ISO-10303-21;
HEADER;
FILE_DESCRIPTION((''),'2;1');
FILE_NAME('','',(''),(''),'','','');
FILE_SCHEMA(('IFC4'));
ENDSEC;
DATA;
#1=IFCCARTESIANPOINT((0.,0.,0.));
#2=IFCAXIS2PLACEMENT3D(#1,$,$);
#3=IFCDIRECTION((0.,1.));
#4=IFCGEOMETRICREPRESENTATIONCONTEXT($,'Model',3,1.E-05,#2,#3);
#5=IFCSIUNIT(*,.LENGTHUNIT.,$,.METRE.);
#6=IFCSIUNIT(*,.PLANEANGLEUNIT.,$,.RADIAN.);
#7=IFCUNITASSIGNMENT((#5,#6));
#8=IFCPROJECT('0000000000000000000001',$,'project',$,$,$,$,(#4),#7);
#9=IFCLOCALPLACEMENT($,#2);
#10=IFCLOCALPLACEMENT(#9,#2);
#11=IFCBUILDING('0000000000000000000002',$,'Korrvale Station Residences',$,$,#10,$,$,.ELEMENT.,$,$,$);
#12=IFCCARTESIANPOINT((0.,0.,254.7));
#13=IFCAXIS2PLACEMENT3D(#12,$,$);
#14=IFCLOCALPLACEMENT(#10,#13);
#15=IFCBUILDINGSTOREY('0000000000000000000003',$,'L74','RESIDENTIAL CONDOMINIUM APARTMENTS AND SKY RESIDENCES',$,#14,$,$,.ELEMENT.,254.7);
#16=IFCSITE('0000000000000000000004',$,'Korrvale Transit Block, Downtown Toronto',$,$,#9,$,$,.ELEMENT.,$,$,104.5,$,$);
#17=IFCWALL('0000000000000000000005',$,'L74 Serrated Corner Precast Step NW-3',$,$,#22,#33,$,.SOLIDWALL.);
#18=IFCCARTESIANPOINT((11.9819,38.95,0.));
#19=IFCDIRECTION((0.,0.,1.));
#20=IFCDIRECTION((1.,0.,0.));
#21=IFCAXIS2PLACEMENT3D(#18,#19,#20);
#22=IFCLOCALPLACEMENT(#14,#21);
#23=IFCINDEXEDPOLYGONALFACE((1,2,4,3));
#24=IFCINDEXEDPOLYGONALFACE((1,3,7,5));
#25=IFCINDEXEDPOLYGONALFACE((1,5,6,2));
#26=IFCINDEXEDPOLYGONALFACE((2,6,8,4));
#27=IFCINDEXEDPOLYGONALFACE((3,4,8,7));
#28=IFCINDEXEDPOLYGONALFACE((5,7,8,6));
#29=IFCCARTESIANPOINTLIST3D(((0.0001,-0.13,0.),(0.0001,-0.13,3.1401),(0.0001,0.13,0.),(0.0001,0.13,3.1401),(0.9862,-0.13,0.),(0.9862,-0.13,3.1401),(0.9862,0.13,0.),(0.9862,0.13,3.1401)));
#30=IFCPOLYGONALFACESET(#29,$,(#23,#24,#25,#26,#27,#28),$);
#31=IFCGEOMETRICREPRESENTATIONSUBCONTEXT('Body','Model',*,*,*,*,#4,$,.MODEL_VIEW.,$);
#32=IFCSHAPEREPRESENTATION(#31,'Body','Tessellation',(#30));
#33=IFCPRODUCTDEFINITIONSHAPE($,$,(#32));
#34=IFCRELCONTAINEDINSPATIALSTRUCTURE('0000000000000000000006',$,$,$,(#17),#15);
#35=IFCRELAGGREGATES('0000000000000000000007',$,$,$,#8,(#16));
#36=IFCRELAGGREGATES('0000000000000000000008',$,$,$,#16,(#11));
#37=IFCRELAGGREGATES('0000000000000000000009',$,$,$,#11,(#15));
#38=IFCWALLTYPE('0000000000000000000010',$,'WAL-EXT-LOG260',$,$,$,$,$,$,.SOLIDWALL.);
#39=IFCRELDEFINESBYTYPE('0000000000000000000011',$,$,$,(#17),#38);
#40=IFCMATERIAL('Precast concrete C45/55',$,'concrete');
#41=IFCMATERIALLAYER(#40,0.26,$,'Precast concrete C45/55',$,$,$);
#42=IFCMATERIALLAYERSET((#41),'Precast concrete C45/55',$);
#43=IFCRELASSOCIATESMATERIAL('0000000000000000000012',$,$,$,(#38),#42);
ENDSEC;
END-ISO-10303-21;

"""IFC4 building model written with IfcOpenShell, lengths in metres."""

from ifc_helpers import new_model, si_unit, direction, frame, frame_2d, origin, place, context, subcontext, project, spatial, rectangle, extrude, material, layer, layer_set, type_object, element, save


model = new_model("IFC4")

# Units and contexts
model_context = context("Model", 3, precision=1e-05, world=origin(), true_north=direction((0.0, 1.0)))
body_context = subcontext(model_context, "Body", "Model", "MODEL_VIEW")
ifc_project = project(units=[si_unit("LENGTHUNIT", "METRE"), si_unit("PLANEANGLEUNIT", "RADIAN")], contexts=[model_context])

# Site, building, storey
site_placement = place(None, origin())
site = spatial("IfcSite", under=ifc_project, at=site_placement, Name="Korrvale Transit Block, Downtown Toronto", CompositionType="ELEMENT", RefElevation=104.5)
building_placement = place(site_placement, origin())
building = spatial("IfcBuilding", under=site, at=building_placement, Name="Korrvale Station Residences", CompositionType="ELEMENT")
storey_placement = place(building_placement, frame((0.0, 0.0, 254.7)))
storey = spatial("IfcBuildingStorey", under=building, at=storey_placement, Name="L74", Description="RESIDENTIAL CONDOMINIUM APARTMENTS AND SKY RESIDENCES", CompositionType="ELEMENT", Elevation=254.7)

# Wall
ifc_material_1 = material(Name="Precast concrete C45/55", Category="concrete")
ifc_layer_1 = layer(ifc_material_1, 0.26, Name="Precast concrete C45/55")
ifc_layer_set_1 = layer_set([ifc_layer_1], Name="Precast concrete C45/55")
wall_type_1 = type_object("IfcWallType", Name="WAL-EXT-LOG260", PredefinedType="SOLIDWALL", material=ifc_layer_set_1)
wall_1_placement = place(storey_placement, frame((11.9819, 38.95, 0.0), z_axis=(0.0, 0.0, 1.0), x_axis=(1.0, 0.0, 0.0)))
element("IfcWall", 1, at=wall_1_placement, inside=storey, type_object=wall_type_1, Name="L74 Serrated Corner Precast Step NW-3", PredefinedType="SOLIDWALL", context=body_context, shape_type="SweptSolid", body=[
    extrude(rectangle(XDim=0.9861, YDim=0.26, at=frame_2d((0.4932, 0.0))), origin(), (0.0, 0.0, 1.0), 3.1401),
])

save(model, "model.ifc")
